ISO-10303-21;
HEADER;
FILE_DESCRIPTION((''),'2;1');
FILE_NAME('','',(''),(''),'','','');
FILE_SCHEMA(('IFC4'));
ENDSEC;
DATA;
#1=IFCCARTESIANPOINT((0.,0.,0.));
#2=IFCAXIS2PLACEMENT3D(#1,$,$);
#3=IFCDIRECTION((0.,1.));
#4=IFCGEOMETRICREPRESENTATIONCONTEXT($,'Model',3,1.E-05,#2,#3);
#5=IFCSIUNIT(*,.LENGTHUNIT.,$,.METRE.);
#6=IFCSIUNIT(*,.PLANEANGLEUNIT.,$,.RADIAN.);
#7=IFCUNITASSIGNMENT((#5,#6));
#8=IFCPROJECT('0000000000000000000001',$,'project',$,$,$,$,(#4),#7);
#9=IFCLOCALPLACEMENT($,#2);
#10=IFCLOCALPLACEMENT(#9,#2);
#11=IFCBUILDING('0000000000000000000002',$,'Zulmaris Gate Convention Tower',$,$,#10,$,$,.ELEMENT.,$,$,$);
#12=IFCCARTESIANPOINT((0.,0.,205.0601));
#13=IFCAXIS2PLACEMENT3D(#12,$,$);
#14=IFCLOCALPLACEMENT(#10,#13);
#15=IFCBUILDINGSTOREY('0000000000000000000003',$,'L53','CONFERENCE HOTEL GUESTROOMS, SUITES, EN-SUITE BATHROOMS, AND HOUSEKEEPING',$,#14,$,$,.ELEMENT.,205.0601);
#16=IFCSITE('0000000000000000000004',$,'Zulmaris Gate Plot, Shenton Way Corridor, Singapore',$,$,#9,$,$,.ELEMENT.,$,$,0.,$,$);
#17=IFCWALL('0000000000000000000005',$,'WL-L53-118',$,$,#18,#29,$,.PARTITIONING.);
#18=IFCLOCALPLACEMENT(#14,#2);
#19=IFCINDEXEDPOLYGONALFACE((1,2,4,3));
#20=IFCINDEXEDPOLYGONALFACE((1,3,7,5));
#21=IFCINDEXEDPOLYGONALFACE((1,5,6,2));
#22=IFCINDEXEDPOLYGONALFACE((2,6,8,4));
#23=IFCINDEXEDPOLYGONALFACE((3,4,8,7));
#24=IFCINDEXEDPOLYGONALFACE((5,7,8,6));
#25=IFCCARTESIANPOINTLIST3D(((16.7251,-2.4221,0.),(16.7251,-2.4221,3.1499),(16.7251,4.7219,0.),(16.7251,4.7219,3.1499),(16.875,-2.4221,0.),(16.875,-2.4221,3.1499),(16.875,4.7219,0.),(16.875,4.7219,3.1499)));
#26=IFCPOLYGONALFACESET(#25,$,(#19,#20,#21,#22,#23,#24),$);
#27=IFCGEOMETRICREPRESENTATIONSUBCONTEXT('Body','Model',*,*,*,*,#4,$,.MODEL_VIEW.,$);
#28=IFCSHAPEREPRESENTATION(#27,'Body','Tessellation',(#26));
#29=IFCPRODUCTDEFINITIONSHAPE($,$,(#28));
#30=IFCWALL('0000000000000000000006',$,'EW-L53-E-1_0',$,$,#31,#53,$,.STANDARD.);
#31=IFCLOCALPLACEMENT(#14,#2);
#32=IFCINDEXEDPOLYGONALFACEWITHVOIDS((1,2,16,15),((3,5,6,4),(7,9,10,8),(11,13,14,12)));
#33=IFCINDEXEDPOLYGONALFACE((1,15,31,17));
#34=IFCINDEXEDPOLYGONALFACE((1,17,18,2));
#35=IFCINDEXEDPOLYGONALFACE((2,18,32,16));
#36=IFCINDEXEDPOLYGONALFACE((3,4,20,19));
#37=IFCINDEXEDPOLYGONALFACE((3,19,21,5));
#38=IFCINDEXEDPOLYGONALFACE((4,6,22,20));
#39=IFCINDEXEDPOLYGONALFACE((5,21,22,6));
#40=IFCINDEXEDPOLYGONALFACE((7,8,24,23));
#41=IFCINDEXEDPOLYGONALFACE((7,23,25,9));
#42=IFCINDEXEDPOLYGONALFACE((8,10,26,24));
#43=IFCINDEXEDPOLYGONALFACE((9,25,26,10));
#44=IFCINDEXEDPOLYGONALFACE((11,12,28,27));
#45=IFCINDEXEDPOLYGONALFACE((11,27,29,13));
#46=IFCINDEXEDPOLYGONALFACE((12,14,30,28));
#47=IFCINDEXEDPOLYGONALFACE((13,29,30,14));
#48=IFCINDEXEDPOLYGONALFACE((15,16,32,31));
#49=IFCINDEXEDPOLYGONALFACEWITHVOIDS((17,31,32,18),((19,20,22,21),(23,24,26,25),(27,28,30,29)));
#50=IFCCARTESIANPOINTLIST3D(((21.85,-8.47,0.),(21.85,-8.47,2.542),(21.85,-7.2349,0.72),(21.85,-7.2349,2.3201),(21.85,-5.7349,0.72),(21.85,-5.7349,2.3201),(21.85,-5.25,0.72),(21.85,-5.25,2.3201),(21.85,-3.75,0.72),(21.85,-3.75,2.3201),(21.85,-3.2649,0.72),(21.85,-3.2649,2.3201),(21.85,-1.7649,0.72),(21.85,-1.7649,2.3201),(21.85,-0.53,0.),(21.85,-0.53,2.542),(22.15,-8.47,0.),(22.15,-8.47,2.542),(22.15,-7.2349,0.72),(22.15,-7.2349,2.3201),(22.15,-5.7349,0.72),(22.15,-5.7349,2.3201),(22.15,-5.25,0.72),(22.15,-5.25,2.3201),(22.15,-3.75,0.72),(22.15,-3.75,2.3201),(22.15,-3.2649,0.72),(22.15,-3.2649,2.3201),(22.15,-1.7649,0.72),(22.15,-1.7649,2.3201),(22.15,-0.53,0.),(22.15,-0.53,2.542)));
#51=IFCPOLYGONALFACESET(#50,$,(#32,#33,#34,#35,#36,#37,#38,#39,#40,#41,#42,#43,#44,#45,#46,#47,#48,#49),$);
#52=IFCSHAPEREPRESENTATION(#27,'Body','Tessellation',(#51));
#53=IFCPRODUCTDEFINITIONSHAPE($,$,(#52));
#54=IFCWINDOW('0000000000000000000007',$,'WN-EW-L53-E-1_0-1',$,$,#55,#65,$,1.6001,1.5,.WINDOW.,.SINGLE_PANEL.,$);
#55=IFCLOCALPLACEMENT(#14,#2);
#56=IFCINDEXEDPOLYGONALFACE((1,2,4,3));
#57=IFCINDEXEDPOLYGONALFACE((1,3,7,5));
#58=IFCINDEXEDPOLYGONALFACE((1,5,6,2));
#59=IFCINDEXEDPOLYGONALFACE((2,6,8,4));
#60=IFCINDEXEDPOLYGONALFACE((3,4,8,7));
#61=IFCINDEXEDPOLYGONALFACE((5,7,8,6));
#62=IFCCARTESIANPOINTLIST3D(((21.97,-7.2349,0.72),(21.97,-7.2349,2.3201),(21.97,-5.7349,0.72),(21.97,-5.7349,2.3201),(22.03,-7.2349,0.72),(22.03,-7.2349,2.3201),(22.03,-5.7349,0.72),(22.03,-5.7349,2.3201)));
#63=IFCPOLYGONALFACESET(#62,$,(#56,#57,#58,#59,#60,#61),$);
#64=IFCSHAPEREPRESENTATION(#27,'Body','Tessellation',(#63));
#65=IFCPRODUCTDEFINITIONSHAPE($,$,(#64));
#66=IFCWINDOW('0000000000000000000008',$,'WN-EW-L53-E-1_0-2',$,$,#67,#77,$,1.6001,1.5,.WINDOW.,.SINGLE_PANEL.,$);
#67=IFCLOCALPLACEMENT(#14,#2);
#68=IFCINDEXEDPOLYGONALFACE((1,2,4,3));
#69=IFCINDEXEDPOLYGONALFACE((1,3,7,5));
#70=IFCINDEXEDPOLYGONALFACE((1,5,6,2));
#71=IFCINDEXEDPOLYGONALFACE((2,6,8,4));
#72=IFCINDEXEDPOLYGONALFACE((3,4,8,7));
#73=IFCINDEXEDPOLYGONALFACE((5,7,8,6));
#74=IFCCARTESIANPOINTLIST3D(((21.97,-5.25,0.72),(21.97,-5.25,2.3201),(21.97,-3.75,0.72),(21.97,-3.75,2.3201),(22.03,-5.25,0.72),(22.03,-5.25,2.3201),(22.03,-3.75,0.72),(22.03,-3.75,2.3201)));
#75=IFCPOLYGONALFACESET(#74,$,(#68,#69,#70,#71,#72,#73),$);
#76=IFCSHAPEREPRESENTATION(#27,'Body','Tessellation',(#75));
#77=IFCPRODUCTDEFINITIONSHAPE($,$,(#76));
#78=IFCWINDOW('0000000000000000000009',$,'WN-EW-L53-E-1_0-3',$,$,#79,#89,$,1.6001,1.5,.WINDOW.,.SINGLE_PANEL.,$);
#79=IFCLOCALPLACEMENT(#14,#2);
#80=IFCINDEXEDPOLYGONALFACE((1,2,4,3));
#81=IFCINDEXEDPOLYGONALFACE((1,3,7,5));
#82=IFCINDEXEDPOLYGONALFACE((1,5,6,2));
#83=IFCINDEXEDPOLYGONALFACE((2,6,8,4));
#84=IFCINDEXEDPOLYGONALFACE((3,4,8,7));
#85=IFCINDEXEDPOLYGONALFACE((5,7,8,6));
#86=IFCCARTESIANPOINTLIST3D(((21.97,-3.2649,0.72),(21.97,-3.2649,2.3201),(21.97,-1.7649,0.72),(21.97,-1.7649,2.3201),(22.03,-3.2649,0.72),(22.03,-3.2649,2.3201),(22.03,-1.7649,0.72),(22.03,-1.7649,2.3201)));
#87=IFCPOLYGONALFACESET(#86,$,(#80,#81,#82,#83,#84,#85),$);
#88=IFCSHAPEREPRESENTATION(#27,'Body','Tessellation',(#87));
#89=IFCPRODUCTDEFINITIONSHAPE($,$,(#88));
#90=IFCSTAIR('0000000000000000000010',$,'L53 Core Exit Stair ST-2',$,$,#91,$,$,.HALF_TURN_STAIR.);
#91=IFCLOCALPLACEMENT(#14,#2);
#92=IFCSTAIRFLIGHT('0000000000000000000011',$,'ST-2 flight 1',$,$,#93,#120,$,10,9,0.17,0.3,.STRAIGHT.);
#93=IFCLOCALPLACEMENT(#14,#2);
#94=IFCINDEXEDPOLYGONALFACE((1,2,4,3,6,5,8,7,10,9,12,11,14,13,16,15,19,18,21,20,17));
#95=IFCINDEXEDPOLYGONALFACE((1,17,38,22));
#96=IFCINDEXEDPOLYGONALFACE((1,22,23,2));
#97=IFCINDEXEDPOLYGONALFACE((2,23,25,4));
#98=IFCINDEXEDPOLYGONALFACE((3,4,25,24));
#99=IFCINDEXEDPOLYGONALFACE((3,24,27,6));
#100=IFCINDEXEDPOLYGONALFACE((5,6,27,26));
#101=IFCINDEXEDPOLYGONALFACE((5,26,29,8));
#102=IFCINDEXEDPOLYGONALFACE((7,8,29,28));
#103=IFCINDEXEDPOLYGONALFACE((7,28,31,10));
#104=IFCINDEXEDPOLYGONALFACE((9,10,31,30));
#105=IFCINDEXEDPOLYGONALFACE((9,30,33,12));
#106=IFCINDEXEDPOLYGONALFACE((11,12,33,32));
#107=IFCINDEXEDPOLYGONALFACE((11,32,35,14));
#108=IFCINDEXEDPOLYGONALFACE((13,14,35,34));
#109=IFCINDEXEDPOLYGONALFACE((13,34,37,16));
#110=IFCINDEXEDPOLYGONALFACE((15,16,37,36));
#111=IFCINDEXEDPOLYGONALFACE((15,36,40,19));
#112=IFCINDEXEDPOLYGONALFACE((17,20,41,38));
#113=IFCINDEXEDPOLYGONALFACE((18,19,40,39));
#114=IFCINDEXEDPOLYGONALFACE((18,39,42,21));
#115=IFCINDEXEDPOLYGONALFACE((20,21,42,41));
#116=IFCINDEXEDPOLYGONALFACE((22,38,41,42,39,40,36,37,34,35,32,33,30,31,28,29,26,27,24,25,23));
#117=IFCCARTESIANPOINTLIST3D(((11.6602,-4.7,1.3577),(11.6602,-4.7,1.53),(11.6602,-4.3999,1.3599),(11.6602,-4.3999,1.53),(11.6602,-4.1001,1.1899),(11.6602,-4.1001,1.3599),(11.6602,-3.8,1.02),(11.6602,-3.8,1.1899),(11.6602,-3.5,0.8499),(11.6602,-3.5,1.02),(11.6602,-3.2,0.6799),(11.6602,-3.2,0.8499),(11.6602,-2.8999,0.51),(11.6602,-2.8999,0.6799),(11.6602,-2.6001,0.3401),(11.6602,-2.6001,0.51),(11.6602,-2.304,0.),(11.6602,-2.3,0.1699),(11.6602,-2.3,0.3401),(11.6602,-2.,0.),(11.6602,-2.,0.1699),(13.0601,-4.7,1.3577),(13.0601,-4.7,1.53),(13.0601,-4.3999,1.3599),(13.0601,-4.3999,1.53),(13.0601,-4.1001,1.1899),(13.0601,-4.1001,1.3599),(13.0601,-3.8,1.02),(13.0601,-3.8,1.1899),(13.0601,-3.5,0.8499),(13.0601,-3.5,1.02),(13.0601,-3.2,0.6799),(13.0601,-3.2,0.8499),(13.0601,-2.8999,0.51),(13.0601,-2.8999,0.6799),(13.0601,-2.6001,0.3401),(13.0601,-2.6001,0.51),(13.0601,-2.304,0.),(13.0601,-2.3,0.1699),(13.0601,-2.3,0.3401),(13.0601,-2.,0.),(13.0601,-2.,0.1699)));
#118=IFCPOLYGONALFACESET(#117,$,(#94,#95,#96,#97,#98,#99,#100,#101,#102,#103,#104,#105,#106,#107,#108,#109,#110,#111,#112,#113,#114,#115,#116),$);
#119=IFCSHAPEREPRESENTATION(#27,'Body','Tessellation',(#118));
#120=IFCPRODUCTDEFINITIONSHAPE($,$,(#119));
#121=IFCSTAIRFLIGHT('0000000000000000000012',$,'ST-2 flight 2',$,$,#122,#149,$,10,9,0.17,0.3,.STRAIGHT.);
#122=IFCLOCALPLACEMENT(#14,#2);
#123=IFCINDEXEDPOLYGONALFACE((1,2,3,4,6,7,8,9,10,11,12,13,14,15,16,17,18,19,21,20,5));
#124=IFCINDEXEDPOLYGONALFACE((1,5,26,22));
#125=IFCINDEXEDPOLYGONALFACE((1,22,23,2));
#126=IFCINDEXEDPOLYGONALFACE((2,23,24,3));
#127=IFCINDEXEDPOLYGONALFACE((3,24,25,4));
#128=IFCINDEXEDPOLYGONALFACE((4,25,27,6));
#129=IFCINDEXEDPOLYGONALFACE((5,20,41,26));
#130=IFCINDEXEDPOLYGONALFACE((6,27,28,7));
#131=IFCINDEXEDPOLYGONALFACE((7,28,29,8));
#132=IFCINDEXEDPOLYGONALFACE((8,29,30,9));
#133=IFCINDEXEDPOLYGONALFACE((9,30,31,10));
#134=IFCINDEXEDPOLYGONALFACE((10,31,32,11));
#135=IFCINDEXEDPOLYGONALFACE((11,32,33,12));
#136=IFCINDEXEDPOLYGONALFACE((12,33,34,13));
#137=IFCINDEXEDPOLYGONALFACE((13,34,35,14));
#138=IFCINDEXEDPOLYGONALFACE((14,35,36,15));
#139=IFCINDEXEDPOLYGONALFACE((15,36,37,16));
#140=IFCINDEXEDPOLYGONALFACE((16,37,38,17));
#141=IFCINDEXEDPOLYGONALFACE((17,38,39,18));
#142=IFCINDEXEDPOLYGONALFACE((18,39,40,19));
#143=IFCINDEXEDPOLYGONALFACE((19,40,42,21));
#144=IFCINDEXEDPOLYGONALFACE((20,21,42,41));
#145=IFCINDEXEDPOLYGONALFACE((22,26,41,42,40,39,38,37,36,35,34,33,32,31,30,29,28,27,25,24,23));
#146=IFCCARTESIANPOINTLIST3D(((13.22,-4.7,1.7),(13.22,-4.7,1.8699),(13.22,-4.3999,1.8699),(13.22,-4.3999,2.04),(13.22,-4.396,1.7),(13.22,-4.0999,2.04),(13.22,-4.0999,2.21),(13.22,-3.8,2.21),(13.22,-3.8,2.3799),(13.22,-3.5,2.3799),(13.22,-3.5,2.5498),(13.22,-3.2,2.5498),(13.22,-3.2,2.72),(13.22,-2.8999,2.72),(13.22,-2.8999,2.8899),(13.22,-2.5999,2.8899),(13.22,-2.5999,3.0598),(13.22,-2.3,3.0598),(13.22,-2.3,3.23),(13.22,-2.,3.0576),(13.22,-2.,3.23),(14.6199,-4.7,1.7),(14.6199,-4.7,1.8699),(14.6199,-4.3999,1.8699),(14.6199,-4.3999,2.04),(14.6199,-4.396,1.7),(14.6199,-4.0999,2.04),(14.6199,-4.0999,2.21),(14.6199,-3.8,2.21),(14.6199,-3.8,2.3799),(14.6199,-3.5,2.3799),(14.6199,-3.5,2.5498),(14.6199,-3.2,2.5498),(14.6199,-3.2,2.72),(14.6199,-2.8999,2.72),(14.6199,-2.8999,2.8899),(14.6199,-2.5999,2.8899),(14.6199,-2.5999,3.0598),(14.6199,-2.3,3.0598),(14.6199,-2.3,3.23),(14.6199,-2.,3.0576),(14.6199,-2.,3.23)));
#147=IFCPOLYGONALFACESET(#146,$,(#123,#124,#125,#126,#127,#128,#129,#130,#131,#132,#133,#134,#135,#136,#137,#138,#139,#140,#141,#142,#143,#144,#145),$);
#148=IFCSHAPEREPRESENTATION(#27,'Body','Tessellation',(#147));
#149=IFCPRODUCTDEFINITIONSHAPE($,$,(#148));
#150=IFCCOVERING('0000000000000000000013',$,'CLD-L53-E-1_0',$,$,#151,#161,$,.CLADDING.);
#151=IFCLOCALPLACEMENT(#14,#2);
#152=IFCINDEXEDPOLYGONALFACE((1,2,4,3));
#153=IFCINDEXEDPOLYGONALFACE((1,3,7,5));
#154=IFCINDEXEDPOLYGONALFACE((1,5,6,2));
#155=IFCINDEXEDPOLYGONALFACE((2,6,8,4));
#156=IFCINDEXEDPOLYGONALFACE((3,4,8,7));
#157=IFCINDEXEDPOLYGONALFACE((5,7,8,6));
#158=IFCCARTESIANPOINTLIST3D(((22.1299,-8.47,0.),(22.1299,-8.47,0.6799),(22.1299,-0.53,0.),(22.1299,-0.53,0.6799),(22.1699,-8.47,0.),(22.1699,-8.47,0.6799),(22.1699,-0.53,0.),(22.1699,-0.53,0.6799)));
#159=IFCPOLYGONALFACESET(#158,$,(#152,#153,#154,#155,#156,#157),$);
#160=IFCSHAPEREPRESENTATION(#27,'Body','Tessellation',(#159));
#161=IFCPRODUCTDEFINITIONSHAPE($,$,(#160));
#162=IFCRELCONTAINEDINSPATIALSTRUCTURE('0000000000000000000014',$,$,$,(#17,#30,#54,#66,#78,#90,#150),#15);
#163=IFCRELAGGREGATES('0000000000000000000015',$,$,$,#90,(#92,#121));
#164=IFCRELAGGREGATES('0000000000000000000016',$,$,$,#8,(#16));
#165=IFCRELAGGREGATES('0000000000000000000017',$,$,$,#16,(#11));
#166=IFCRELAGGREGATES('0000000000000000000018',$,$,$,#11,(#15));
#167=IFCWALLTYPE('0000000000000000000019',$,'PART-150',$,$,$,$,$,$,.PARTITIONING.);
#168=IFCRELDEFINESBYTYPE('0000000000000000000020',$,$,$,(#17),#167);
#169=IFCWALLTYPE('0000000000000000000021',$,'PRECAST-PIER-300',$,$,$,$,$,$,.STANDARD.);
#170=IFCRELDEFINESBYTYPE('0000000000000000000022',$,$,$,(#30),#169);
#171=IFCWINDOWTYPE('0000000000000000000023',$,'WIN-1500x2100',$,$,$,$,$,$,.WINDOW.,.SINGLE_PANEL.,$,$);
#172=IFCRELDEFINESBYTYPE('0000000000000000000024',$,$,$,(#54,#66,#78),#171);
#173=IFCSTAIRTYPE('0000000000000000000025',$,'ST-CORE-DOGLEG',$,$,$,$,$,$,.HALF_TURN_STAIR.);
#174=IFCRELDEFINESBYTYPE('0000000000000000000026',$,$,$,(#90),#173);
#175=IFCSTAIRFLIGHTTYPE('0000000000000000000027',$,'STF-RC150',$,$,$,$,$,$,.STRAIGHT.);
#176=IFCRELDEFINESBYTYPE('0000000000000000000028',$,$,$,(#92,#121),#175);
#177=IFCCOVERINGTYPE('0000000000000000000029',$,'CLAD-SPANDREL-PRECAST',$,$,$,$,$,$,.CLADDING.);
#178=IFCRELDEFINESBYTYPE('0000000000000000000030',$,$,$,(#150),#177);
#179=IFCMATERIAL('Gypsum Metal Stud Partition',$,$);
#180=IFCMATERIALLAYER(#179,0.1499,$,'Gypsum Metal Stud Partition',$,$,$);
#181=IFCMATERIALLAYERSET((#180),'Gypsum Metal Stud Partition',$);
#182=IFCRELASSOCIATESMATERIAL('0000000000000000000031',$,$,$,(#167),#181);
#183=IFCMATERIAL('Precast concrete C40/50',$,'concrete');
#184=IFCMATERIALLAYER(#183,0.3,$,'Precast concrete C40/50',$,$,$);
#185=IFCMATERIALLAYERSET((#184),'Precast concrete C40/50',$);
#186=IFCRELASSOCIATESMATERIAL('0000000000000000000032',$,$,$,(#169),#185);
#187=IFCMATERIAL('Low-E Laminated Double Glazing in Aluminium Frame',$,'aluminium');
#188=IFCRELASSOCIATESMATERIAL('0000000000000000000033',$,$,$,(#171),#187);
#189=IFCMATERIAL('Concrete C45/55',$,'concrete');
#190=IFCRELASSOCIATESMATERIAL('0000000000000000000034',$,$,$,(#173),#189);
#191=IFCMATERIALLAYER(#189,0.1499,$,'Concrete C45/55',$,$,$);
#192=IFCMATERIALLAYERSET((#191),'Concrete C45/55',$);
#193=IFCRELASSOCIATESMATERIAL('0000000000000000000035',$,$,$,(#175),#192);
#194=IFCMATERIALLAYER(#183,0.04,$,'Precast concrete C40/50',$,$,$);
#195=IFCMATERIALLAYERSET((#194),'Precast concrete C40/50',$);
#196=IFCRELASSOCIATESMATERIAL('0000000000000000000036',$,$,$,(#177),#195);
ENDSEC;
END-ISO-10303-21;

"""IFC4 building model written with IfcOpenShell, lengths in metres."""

from ifc_helpers import new_model, si_unit, direction, frame, frame_2d, origin, place, context, subcontext, project, spatial, polyline, rectangle, outline, extrude, material, layer, layer_set, type_object, element, fill, aggregate, save


model = new_model("IFC4")

# Units and contexts
model_context = context("Model", 3, precision=1e-05, world=origin(), true_north=direction((0.0, 1.0)))
body_context = subcontext(model_context, "Body", "Model", "MODEL_VIEW")
ifc_project = project(units=[si_unit("LENGTHUNIT", "METRE"), si_unit("PLANEANGLEUNIT", "RADIAN")], contexts=[model_context])

# Site, building, storey
site_placement = place(None, origin())
site = spatial("IfcSite", under=ifc_project, at=site_placement, Name="Zulmaris Gate Plot, Shenton Way Corridor, Singapore", CompositionType="ELEMENT", RefElevation=0.0)
building_placement = place(site_placement, origin())
building = spatial("IfcBuilding", under=site, at=building_placement, Name="Zulmaris Gate Convention Tower", CompositionType="ELEMENT")
storey_placement = place(building_placement, frame((0.0, 0.0, 205.0601)))
storey = spatial("IfcBuildingStorey", under=building, at=storey_placement, Name="L53", Description="CONFERENCE HOTEL GUESTROOMS, SUITES, EN-SUITE BATHROOMS, AND HOUSEKEEPING", CompositionType="ELEMENT", Elevation=205.0601)

# Shared definitions
ifc_material_1 = material(Name="Gypsum Metal Stud Partition")
ifc_layer_1 = layer(ifc_material_1, 0.1499, Name="Gypsum Metal Stud Partition")
ifc_layer_set_1 = layer_set([ifc_layer_1], Name="Gypsum Metal Stud Partition")
wall_type_1 = type_object("IfcWallType", Name="PART-150", PredefinedType="PARTITIONING", material=ifc_layer_set_1)

# Wall
wall_1_placement = place(storey_placement, frame((16.8, -2.4221, 0.0), z_axis=(0.0, 0.0, 1.0), x_axis=(0.0, 1.0, 0.0)))
element("IfcWall", 1, at=wall_1_placement, inside=storey, type_object=wall_type_1, Name="WL-L53-118", PredefinedType="PARTITIONING", context=body_context, shape_type="SweptSolid", body=[
    extrude(rectangle(XDim=7.144, YDim=0.1499, at=frame_2d((3.572, 0.0))), origin(), (0.0, 0.0, 1.0), 3.1499),
])

# Wall, openings, windows
ifc_material_2 = material(Name="Precast concrete C40/50", Category="concrete")
ifc_layer_2 = layer(ifc_material_2, 0.3, Name="Precast concrete C40/50")
ifc_layer_set_2 = layer_set([ifc_layer_2], Name="Precast concrete C40/50")
wall_type_2 = type_object("IfcWallType", Name="PRECAST-PIER-300", PredefinedType="STANDARD", material=ifc_layer_set_2)
wall_2_placement = place(storey_placement, frame((22.0, -8.47, 0.0), z_axis=(0.0, 0.0, 1.0), x_axis=(0.0, 1.0, 0.0)))
wall_2 = element("IfcWall", 2, at=wall_2_placement, inside=storey, type_object=wall_type_2, Name="EW-L53-E-1_0", PredefinedType="STANDARD", context=body_context, shape_type="SweptSolid", body=[
    extrude(rectangle(XDim=7.9399, YDim=0.3, at=frame_2d((3.97, 0.0))), origin(), (0.0, 0.0, 1.0), 2.542),
])
opening_1_placement = place(wall_2_placement, frame((1.2351, 0.0, 0.72)))
opening_1 = element("IfcOpeningElement", 3, at=opening_1_placement, cuts=wall_2, PredefinedType="OPENING", context=body_context, shape_type="SweptSolid", body=[
    extrude(rectangle(XDim=1.5, YDim=1.6001, at=frame_2d((0.75, 0.8))), frame((0.0, 0.1602, 0.0), z_axis=(0.0, -1.0, 0.0), x_axis=(1.0, 0.0, 0.0)), (0.0, 0.0, 1.0), 0.3201),
])
opening_2_placement = place(wall_2_placement, frame((3.22, 0.0, 0.72)))
opening_2 = element("IfcOpeningElement", 4, at=opening_2_placement, cuts=wall_2, PredefinedType="OPENING", context=body_context, shape_type="SweptSolid", body=[
    extrude(rectangle(XDim=1.5, YDim=1.6001, at=frame_2d((0.75, 0.8))), frame((0.0, 0.1602, 0.0), z_axis=(0.0, -1.0, 0.0), x_axis=(1.0, 0.0, 0.0)), (0.0, 0.0, 1.0), 0.3201),
])
opening_3_placement = place(wall_2_placement, frame((5.2051, 0.0, 0.72)))
opening_3 = element("IfcOpeningElement", 5, at=opening_3_placement, cuts=wall_2, PredefinedType="OPENING", context=body_context, shape_type="SweptSolid", body=[
    extrude(rectangle(XDim=1.5, YDim=1.6001, at=frame_2d((0.75, 0.8))), frame((0.0, 0.1602, 0.0), z_axis=(0.0, -1.0, 0.0), x_axis=(1.0, 0.0, 0.0)), (0.0, 0.0, 1.0), 0.3201),
])
ifc_material_3 = material(Name="Low-E Laminated Double Glazing in Aluminium Frame", Category="aluminium")
window_type = type_object("IfcWindowType", Name="WIN-1500x2100", PartitioningType="SINGLE_PANEL", PredefinedType="WINDOW", material=ifc_material_3)
window_1_placement = place(opening_1_placement, origin())
window_1 = element("IfcWindow", 6, at=window_1_placement, inside=storey, type_object=window_type, Name="WN-EW-L53-E-1_0-1", OverallHeight=1.6001, OverallWidth=1.5, PartitioningType="SINGLE_PANEL", PredefinedType="WINDOW", context=body_context, shape_type="SweptSolid", body=[
    extrude(rectangle(XDim=1.5, YDim=1.6001, at=frame_2d((0.75, 0.8))), frame((0.0, 0.03, 0.0), z_axis=(0.0, -1.0, 0.0), x_axis=(1.0, 0.0, 0.0)), (0.0, 0.0, 1.0), 0.0601),
])
fill(opening_1, window_1)
window_2_placement = place(opening_2_placement, origin())
window_2 = element("IfcWindow", 7, at=window_2_placement, inside=storey, type_object=window_type, Name="WN-EW-L53-E-1_0-2", OverallHeight=1.6001, OverallWidth=1.5, PartitioningType="SINGLE_PANEL", PredefinedType="WINDOW", context=body_context, shape_type="SweptSolid", body=[
    extrude(rectangle(XDim=1.5, YDim=1.6001, at=frame_2d((0.75, 0.8))), frame((0.0, 0.03, 0.0), z_axis=(0.0, -1.0, 0.0), x_axis=(1.0, 0.0, 0.0)), (0.0, 0.0, 1.0), 0.0601),
])
fill(opening_2, window_2)
window_3_placement = place(opening_3_placement, origin())
window_3 = element("IfcWindow", 8, at=window_3_placement, inside=storey, type_object=window_type, Name="WN-EW-L53-E-1_0-3", OverallHeight=1.6001, OverallWidth=1.5, PartitioningType="SINGLE_PANEL", PredefinedType="WINDOW", context=body_context, shape_type="SweptSolid", body=[
    extrude(rectangle(XDim=1.5, YDim=1.6001, at=frame_2d((0.75, 0.8))), frame((0.0, 0.03, 0.0), z_axis=(0.0, -1.0, 0.0), x_axis=(1.0, 0.0, 0.0)), (0.0, 0.0, 1.0), 0.0601),
])
fill(opening_3, window_3)

# Stair, stair flights
ifc_material_4 = material(Name="Concrete C45/55", Category="concrete")
stair_type = type_object("IfcStairType", Name="ST-CORE-DOGLEG", PredefinedType="HALF_TURN_STAIR", material=ifc_material_4)
stair_placement = place(storey_placement, origin())
stair = element("IfcStair", 9, at=stair_placement, inside=storey, type_object=stair_type, Name="L53 Core Exit Stair ST-2", PredefinedType="HALF_TURN_STAIR")
ifc_layer_3 = layer(ifc_material_4, 0.1499, Name="Concrete C45/55")
ifc_layer_set_3 = layer_set([ifc_layer_3], Name="Concrete C45/55")
stair_flight_type = type_object("IfcStairFlightType", Name="STF-RC150", PredefinedType="STRAIGHT", material=ifc_layer_set_3)
stair_flight_1_placement = place(storey_placement, frame((12.3601, -2.0, 0.0), z_axis=(0.0, 0.0, 1.0), x_axis=(0.0, -1.0, 0.0)))
stair_flight_1 = element("IfcStairFlight", 10, at=stair_flight_1_placement, type_object=stair_flight_type, Name="ST-2 flight 1", NumberOfRisers=10, NumberOfTreads=9, PredefinedType="STRAIGHT", RiserHeight=0.17, TreadLength=0.3, context=body_context, shape_type="SweptSolid", body=[
    extrude(outline(polyline([(0.0, 0.0), (0.0, 0.1699), (0.3, 0.1699), (0.3, 0.3401), (0.6001, 0.3401), (0.6001, 0.51), (0.8999, 0.51), (0.8999, 0.6799), (1.2, 0.6799), (1.2, 0.8499), (1.5, 0.8499), (1.5, 1.02), (1.8, 1.02), (1.8, 1.1899), (2.1001, 1.1899), (2.1001, 1.3599), (2.3999, 1.3599), (2.3999, 1.53), (2.7, 1.53), (2.7, 1.7), (2.7, 1.3577), (0.304, 0.0), (0.0, 0.0)])), frame((0.0, 0.7, 0.0), z_axis=(0.0, -1.0, 0.0), x_axis=(1.0, 0.0, 0.0)), (0.0, 0.0, 1.0), 1.3999),
])
stair_flight_2_placement = place(storey_placement, frame((13.9199, -4.7, 1.7), z_axis=(0.0, 0.0, 1.0), x_axis=(0.0, 1.0, 0.0)))
stair_flight_2 = element("IfcStairFlight", 11, at=stair_flight_2_placement, type_object=stair_flight_type, Name="ST-2 flight 2", NumberOfRisers=10, NumberOfTreads=9, PredefinedType="STRAIGHT", RiserHeight=0.17, TreadLength=0.3, context=body_context, shape_type="SweptSolid", body=[
    extrude(outline(polyline([(0.0, 0.0), (0.0, 0.1699), (0.3, 0.1699), (0.3, 0.3401), (0.6001, 0.3401), (0.6001, 0.51), (0.8999, 0.51), (0.8999, 0.6799), (1.2, 0.6799), (1.2, 0.8499), (1.5, 0.8499), (1.5, 1.02), (1.8, 1.02), (1.8, 1.1899), (2.1001, 1.1899), (2.1001, 1.3599), (2.3999, 1.3599), (2.3999, 1.53), (2.7, 1.53), (2.7, 1.7), (2.7, 1.3577), (0.304, 0.0), (0.0, 0.0)])), frame((0.0, 0.7, 0.0), z_axis=(0.0, -1.0, 0.0), x_axis=(1.0, 0.0, 0.0)), (0.0, 0.0, 1.0), 1.3999),
])
aggregate(stair, [stair_flight_1, stair_flight_2])

# Covering
ifc_layer_4 = layer(ifc_material_2, 0.04, Name="Precast concrete C40/50")
ifc_layer_set_4 = layer_set([ifc_layer_4], Name="Precast concrete C40/50")
covering_type = type_object("IfcCoveringType", Name="CLAD-SPANDREL-PRECAST", PredefinedType="CLADDING", material=ifc_layer_set_4)
covering_placement = place(storey_placement, frame((22.1499, -8.47, 0.0), z_axis=(0.0, 0.0, 1.0), x_axis=(0.0, 1.0, 0.0)))
element("IfcCovering", 12, at=covering_placement, inside=storey, type_object=covering_type, Name="CLD-L53-E-1_0", PredefinedType="CLADDING", context=body_context, shape_type="SweptSolid", body=[
    extrude(rectangle(XDim=7.9399, YDim=0.04, at=frame_2d((3.97, 0.0))), origin(), (0.0, 0.0, 1.0), 0.6799),
])

save(model, "model.ifc")
